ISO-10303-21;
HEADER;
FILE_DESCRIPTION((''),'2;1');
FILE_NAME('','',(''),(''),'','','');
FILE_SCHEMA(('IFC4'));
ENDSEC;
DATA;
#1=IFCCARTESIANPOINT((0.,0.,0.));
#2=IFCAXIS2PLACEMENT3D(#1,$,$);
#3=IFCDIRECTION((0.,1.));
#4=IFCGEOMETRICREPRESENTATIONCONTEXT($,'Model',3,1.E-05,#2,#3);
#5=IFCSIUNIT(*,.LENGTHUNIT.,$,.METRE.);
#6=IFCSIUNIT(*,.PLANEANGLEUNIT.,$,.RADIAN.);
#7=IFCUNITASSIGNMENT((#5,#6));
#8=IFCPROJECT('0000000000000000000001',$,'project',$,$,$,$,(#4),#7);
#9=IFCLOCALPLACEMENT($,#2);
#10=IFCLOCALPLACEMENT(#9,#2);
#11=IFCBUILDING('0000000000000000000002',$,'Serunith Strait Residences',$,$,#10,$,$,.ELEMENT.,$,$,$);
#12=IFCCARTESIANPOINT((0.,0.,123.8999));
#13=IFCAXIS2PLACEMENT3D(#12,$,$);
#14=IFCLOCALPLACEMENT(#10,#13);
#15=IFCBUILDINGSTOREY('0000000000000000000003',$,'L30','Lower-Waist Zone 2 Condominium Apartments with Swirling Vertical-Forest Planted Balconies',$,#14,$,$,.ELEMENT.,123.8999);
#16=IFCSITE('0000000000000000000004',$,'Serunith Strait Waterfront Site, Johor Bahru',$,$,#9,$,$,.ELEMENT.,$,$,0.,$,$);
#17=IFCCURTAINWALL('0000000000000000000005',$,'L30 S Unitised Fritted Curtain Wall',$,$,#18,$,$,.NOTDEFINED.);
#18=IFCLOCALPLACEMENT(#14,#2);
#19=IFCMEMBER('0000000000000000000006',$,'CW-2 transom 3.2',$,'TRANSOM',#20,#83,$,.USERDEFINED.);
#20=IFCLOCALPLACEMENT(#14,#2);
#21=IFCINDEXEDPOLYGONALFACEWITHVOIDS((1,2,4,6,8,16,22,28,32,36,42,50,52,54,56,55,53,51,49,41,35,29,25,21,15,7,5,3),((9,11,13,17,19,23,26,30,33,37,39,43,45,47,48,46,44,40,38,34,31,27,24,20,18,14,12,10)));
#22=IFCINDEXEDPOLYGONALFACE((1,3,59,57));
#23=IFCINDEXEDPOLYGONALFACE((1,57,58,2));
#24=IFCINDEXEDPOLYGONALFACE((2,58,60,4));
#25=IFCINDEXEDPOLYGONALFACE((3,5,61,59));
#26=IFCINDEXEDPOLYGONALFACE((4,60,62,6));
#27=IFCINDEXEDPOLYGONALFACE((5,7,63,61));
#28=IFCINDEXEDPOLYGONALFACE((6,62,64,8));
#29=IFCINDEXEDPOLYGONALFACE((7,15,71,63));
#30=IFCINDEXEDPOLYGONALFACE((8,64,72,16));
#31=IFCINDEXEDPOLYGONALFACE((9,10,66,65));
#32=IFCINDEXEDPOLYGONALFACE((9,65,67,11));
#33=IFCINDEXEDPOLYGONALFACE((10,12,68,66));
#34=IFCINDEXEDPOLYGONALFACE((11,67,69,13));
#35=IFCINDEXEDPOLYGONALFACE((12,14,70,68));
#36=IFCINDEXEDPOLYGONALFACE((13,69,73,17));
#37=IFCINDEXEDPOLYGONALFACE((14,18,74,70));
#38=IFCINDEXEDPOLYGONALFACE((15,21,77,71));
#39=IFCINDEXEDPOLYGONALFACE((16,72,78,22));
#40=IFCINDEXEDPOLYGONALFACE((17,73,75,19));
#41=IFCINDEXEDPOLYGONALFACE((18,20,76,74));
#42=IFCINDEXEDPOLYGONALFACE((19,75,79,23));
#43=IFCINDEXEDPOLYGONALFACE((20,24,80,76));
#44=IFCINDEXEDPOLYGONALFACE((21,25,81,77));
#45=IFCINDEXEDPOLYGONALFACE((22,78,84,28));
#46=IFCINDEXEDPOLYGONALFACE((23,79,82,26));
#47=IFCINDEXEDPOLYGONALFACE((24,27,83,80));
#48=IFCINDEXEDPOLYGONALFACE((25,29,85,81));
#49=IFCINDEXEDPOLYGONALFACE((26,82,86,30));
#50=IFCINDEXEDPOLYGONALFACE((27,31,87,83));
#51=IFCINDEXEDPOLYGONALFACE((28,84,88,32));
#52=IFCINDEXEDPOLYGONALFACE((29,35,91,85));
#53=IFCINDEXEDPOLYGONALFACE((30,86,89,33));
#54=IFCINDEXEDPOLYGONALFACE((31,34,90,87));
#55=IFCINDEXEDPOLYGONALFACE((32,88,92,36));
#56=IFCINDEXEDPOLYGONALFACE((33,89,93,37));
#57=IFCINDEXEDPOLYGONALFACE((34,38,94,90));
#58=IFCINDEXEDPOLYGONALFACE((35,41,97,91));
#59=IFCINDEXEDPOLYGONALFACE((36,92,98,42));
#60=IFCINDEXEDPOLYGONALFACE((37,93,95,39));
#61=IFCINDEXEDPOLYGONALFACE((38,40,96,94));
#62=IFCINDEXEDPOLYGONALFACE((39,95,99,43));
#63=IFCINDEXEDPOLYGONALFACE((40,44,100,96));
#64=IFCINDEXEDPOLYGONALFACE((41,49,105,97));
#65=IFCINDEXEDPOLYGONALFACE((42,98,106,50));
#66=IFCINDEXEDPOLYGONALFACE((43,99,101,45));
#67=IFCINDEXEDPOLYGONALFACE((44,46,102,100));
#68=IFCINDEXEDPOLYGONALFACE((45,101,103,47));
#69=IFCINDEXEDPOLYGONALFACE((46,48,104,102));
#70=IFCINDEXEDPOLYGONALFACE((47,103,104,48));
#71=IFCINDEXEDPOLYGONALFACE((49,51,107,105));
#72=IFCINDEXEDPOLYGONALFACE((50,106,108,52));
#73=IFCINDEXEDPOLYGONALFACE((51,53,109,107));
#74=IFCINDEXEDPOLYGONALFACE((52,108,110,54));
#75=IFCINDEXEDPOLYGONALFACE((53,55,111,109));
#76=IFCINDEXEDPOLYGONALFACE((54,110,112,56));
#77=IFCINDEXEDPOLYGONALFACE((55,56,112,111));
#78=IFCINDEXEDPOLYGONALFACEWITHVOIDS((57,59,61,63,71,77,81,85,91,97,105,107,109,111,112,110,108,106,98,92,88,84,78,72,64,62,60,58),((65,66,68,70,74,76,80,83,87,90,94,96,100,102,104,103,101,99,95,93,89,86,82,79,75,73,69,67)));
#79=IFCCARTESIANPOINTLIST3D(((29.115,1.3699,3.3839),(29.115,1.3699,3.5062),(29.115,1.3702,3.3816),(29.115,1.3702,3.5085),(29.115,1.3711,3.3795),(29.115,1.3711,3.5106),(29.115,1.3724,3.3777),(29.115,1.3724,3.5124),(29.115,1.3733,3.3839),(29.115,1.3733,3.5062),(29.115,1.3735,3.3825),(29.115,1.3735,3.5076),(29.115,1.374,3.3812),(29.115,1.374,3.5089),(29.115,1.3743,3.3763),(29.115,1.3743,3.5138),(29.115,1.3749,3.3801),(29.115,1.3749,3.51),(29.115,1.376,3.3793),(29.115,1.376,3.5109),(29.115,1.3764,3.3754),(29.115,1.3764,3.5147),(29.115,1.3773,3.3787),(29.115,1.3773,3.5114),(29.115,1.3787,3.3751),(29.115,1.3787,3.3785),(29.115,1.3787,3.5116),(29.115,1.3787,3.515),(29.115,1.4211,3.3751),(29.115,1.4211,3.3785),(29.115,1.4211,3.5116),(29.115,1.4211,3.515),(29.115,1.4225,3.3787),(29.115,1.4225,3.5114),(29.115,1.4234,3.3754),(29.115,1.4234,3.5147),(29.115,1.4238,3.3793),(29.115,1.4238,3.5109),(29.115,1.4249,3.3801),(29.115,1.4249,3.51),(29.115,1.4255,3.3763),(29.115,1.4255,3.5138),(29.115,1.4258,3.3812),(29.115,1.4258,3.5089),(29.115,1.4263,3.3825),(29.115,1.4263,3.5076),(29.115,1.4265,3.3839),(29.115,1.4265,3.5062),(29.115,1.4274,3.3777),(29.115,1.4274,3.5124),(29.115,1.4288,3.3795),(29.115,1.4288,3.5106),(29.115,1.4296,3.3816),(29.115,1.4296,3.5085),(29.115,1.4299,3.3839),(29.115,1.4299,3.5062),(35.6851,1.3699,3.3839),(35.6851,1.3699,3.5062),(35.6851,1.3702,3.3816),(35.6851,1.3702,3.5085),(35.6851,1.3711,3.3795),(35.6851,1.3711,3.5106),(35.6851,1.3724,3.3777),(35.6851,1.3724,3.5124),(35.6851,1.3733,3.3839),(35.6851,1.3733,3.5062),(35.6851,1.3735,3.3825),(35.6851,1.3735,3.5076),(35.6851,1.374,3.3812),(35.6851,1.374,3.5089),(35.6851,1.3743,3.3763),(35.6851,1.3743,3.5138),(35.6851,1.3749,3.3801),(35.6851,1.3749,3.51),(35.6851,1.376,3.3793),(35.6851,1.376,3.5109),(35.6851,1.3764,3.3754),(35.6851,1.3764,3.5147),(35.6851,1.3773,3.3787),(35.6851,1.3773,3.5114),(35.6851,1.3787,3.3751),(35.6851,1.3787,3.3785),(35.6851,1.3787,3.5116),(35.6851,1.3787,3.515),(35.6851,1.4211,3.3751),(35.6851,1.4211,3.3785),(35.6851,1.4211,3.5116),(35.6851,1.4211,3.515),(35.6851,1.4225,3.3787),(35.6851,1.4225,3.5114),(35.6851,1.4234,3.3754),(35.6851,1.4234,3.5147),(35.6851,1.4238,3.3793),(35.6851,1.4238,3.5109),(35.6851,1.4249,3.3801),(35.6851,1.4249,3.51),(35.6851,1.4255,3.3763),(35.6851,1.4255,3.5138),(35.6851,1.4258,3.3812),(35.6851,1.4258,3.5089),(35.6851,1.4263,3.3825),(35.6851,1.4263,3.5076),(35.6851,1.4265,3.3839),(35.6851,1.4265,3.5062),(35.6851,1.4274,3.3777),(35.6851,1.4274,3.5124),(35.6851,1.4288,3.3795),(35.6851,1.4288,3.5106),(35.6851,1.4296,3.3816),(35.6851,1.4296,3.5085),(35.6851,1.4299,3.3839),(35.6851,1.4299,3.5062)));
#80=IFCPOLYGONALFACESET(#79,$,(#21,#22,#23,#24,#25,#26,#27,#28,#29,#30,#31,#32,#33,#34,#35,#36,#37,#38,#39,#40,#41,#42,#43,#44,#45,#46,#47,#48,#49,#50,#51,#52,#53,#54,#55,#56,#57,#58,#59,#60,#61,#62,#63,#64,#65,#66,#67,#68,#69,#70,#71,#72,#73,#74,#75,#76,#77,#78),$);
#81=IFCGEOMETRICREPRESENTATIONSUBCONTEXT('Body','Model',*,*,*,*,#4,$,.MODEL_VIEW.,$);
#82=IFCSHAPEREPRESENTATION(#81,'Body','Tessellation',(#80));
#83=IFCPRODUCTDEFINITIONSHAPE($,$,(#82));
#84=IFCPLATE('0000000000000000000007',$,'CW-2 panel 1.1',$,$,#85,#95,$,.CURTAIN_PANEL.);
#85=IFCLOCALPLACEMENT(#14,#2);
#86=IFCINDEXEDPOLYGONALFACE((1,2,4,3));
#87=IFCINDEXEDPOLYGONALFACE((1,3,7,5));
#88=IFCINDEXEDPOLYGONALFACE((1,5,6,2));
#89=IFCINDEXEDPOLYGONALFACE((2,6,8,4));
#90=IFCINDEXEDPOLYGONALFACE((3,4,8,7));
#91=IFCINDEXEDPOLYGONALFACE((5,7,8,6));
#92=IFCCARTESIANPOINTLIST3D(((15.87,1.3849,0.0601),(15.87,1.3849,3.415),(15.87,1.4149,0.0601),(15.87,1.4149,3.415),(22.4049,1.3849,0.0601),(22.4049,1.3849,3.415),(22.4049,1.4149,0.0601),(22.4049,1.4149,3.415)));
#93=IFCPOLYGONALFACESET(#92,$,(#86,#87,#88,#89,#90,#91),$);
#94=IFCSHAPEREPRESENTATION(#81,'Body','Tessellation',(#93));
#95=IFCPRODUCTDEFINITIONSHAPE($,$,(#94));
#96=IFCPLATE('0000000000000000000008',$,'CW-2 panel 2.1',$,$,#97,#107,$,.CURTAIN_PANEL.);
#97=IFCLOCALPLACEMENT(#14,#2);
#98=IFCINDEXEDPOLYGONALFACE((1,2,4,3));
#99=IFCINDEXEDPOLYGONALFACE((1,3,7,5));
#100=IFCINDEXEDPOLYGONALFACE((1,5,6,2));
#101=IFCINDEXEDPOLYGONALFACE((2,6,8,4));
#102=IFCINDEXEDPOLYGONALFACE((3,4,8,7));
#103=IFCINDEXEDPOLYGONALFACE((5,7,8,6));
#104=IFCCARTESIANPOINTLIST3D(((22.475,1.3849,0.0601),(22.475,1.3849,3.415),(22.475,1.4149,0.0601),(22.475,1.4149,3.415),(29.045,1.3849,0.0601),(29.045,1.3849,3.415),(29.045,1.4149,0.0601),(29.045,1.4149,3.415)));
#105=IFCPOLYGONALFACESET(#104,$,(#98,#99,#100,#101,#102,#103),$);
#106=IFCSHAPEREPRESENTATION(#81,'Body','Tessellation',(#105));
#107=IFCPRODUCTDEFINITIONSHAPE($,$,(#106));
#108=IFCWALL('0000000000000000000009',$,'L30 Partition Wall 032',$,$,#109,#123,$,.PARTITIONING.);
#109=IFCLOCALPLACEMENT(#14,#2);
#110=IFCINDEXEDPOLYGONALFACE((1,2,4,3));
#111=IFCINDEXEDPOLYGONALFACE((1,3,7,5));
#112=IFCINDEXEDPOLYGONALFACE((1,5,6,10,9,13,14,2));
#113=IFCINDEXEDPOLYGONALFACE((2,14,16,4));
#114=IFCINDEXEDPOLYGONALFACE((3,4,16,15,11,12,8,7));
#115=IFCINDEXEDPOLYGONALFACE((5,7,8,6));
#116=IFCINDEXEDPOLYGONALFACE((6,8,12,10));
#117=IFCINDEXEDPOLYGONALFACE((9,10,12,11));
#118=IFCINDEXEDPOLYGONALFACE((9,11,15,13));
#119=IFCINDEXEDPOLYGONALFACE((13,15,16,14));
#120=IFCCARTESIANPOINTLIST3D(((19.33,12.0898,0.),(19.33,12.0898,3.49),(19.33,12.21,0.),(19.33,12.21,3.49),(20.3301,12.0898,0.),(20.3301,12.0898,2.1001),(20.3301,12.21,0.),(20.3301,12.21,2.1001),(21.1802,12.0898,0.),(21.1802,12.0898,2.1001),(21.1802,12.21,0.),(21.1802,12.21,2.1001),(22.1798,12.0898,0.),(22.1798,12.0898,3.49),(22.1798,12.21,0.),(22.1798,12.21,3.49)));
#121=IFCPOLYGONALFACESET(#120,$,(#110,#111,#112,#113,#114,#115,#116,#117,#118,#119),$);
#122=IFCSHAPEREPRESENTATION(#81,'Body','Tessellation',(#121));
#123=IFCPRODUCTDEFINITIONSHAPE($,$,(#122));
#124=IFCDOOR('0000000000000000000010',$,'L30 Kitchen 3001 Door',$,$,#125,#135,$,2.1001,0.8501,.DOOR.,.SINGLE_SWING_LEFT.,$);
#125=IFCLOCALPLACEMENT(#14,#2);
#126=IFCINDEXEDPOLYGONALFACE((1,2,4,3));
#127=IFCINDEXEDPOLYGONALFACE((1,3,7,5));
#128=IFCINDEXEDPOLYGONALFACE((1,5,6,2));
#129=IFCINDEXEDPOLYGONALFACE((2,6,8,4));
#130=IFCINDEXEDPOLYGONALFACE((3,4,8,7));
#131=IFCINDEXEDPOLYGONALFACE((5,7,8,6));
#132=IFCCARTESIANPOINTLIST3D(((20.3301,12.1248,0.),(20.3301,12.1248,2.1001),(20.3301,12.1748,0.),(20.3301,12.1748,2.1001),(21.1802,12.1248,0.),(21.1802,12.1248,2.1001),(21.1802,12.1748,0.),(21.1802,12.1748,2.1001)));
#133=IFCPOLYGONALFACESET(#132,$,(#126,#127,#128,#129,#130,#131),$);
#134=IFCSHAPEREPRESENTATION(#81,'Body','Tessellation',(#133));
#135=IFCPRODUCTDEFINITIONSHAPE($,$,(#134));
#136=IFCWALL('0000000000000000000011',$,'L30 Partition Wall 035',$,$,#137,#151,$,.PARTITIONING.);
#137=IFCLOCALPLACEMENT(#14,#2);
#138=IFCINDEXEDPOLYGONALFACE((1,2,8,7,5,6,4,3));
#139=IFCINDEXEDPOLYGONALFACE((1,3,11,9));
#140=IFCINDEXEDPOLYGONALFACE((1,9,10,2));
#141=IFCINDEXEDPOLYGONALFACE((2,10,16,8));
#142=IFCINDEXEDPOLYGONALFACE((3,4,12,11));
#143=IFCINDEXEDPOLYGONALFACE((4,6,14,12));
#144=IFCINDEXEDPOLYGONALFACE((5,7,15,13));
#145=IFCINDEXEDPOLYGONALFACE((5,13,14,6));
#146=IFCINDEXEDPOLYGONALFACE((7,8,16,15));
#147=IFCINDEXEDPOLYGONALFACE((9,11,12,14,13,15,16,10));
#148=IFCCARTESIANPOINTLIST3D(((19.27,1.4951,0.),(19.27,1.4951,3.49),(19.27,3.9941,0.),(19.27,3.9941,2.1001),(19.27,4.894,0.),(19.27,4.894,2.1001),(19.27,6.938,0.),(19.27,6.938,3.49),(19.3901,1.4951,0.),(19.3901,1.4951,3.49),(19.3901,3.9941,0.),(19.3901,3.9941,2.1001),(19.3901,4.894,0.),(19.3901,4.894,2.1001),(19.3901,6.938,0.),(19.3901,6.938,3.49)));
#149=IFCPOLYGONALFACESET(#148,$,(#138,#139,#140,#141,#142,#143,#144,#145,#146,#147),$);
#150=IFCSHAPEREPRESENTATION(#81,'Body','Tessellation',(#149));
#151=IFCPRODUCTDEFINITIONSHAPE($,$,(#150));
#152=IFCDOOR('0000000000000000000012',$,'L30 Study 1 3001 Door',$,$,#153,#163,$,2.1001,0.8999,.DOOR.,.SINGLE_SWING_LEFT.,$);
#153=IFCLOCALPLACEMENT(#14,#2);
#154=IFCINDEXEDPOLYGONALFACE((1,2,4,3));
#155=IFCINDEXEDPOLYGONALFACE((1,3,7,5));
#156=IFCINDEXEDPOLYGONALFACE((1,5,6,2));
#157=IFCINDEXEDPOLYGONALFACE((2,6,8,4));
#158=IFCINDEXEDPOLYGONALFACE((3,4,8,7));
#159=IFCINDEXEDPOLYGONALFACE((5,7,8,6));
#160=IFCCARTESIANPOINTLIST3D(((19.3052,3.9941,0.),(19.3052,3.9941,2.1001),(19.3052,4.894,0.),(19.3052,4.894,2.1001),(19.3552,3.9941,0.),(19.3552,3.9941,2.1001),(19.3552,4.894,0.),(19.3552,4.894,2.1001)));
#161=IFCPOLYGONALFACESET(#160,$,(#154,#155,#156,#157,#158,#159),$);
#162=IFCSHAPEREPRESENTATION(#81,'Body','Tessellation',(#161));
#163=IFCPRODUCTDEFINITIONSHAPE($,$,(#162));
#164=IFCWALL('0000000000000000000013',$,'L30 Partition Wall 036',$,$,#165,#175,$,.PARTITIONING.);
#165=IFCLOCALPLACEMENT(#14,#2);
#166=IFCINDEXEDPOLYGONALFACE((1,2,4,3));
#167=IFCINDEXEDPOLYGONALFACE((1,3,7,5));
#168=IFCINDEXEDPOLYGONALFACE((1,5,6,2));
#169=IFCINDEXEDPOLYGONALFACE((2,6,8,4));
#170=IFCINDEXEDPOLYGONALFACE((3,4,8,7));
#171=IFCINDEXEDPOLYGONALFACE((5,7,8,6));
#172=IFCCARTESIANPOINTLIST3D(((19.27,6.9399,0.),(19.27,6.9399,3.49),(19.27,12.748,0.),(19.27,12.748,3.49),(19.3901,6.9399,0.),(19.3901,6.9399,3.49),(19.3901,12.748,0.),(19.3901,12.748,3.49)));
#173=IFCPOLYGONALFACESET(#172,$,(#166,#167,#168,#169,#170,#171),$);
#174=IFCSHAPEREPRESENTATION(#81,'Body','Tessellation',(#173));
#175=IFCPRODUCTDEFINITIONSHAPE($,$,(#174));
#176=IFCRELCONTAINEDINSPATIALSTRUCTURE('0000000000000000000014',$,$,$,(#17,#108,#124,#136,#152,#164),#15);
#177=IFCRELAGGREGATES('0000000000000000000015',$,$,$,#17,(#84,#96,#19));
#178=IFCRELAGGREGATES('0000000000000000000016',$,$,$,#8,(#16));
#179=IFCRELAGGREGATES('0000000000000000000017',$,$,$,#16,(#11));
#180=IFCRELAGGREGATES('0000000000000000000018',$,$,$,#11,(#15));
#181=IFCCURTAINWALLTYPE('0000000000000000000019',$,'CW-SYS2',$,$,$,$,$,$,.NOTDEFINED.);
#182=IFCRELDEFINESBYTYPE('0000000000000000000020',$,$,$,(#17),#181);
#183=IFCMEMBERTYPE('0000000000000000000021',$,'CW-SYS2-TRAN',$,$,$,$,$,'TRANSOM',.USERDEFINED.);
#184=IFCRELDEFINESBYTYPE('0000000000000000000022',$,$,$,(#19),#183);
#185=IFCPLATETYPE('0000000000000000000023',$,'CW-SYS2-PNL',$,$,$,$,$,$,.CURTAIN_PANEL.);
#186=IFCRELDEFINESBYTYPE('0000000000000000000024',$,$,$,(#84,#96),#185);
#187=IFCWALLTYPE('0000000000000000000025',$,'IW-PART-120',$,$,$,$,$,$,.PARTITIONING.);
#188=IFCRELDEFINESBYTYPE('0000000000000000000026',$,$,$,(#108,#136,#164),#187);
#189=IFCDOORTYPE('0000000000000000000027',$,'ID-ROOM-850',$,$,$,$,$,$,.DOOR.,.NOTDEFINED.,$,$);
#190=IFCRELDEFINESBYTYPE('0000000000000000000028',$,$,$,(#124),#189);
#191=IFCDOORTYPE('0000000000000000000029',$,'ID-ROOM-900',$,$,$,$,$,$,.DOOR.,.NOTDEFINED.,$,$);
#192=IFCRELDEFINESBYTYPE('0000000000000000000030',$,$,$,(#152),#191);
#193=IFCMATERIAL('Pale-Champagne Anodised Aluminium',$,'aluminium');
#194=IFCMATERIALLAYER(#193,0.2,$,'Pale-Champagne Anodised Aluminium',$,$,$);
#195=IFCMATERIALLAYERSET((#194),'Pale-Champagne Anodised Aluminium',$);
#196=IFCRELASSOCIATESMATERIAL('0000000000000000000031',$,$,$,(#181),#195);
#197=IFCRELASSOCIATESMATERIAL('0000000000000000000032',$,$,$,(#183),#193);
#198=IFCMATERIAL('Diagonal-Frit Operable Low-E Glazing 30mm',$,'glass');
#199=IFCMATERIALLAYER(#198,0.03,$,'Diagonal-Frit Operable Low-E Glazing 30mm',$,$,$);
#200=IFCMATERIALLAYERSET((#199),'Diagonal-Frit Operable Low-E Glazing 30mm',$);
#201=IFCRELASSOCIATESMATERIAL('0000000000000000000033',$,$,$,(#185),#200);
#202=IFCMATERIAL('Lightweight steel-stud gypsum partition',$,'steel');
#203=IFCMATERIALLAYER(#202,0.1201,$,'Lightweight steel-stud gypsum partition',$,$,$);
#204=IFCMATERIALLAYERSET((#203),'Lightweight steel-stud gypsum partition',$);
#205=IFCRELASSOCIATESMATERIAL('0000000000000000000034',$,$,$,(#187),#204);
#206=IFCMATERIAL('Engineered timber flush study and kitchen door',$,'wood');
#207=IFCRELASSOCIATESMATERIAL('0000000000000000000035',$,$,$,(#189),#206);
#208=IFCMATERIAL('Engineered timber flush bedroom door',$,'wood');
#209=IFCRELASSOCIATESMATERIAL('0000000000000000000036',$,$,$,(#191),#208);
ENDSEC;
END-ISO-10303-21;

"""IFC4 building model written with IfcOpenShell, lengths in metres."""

from ifc_helpers import new_model, si_unit, direction, frame, frame_2d, origin, origin_2d, place, context, subcontext, project, spatial, rectangle, hollow_rectangle, extrude, source, transform, mapped, material, layer, layer_set, material_profile, profile_set, type_object, element, fill, aggregate, save


model = new_model("IFC4")

# Units and contexts
model_context = context("Model", 3, precision=1e-05, world=origin(), true_north=direction((0.0, 1.0)))
body_context = subcontext(model_context, "Body", "Model", "MODEL_VIEW")
ifc_project = project(units=[si_unit("LENGTHUNIT", "METRE"), si_unit("PLANEANGLEUNIT", "RADIAN")], contexts=[model_context])

# Site, building, storey
site_placement = place(None, origin())
site = spatial("IfcSite", under=ifc_project, at=site_placement, Name="Serunith Strait Waterfront Site, Johor Bahru", CompositionType="ELEMENT", RefElevation=0.0)
building_placement = place(site_placement, origin())
building = spatial("IfcBuilding", under=site, at=building_placement, Name="Serunith Strait Residences", CompositionType="ELEMENT")
storey_placement = place(building_placement, frame((0.0, 0.0, 123.8999)))
storey = spatial("IfcBuildingStorey", under=building, at=storey_placement, Name="L30", Description="Lower-Waist Zone 2 Condominium Apartments with Swirling Vertical-Forest Planted Balconies", CompositionType="ELEMENT", Elevation=123.8999)

# Curtain wall, member, plates
ifc_material_1 = material(Name="Pale-Champagne Anodised Aluminium", Category="aluminium")
ifc_layer_1 = layer(ifc_material_1, 0.2, Name="Pale-Champagne Anodised Aluminium")
ifc_layer_set_1 = layer_set([ifc_layer_1], Name="Pale-Champagne Anodised Aluminium")
curtain_wall_type = type_object("IfcCurtainWallType", Name="CW-SYS2", PredefinedType="NOTDEFINED", material=ifc_layer_set_1)
curtain_wall_placement = place(storey_placement, origin())
curtain_wall = element("IfcCurtainWall", 1, at=curtain_wall_placement, inside=storey, type_object=curtain_wall_type, Name="L30 S Unitised Fritted Curtain Wall", PredefinedType="NOTDEFINED")
ifc_material_profile_1 = material_profile(ifc_material_1, hollow_rectangle(XDim=0.0601, YDim=0.1399, WallThickness=0.0034, InnerFilletRadius=0.0054, OuterFilletRadius=0.0088, at=origin_2d()), Name="ALU 140x60x3.5")
ifc_profile_set_1 = profile_set([ifc_material_profile_1], Name="Pale-Champagne Anodised Aluminium")
member_type_1 = type_object("IfcMemberType", Name="CW-SYS2-TRAN", ElementType="TRANSOM", PredefinedType="USERDEFINED", material=ifc_profile_set_1)
shared_shape_1 = source(origin(), body_context, "Body", "SweptSolid", [
    extrude(hollow_rectangle(XDim=0.0601, YDim=0.1399, WallThickness=0.0034, InnerFilletRadius=0.0054, OuterFilletRadius=0.0088, at=origin_2d()), origin(), (0.0, 0.0, 1.0), 6.5701),
])
member_1_placement = place(storey_placement, frame((29.115, 1.3999, 3.4451), z_axis=(1.0, 0.0, 0.0), x_axis=(0.0, 1.0, 0.0)))
member_1 = element("IfcMember", 2, at=member_1_placement, type_object=member_type_1, Name="CW-2 transom 3.2", ObjectType="TRANSOM", PredefinedType="USERDEFINED", context=body_context, shape_type="MappedRepresentation", body=[
    mapped(shared_shape_1, transform((0.0, 0.0, 0.0), scale=1.0)),
])
ifc_material_2 = material(Name="Diagonal-Frit Operable Low-E Glazing 30mm", Category="glass")
ifc_layer_2 = layer(ifc_material_2, 0.03, Name="Diagonal-Frit Operable Low-E Glazing 30mm")
ifc_layer_set_2 = layer_set([ifc_layer_2], Name="Diagonal-Frit Operable Low-E Glazing 30mm")
plate_type = type_object("IfcPlateType", Name="CW-SYS2-PNL", PredefinedType="CURTAIN_PANEL", material=ifc_layer_set_2)
shared_shape_2 = source(origin(), body_context, "Body", "SweptSolid", [
    extrude(rectangle(XDim=6.5349, YDim=0.03, at=origin_2d()), origin(), (0.0, 0.0, 1.0), 3.355),
])
plate_1_placement = place(storey_placement, frame((19.1375, 1.3999, 0.0601), z_axis=(0.0, 0.0, 1.0), x_axis=(1.0, 0.0, 0.0)))
plate_1 = element("IfcPlate", 3, at=plate_1_placement, type_object=plate_type, Name="CW-2 panel 1.1", PredefinedType="CURTAIN_PANEL", context=body_context, shape_type="MappedRepresentation", body=[
    mapped(shared_shape_2, transform((0.0, 0.0, 0.0), scale=1.0)),
])
shared_shape_3 = source(origin(), body_context, "Body", "SweptSolid", [
    extrude(rectangle(XDim=6.5701, YDim=0.03, at=origin_2d()), origin(), (0.0, 0.0, 1.0), 3.355),
])
plate_2_placement = place(storey_placement, frame((25.76, 1.3999, 0.0601), z_axis=(0.0, 0.0, 1.0), x_axis=(1.0, 0.0, 0.0)))
plate_2 = element("IfcPlate", 4, at=plate_2_placement, type_object=plate_type, Name="CW-2 panel 2.1", PredefinedType="CURTAIN_PANEL", context=body_context, shape_type="MappedRepresentation", body=[
    mapped(shared_shape_3, transform((0.0, 0.0, 0.0), scale=1.0)),
])
aggregate(curtain_wall, [plate_1, plate_2, member_1])

# Walls, openings, doors
ifc_material_3 = material(Name="Lightweight steel-stud gypsum partition", Category="steel")
ifc_layer_3 = layer(ifc_material_3, 0.1201, Name="Lightweight steel-stud gypsum partition")
ifc_layer_set_3 = layer_set([ifc_layer_3], Name="Lightweight steel-stud gypsum partition")
wall_type_1 = type_object("IfcWallType", Name="IW-PART-120", PredefinedType="PARTITIONING", material=ifc_layer_set_3)
wall_1_placement = place(storey_placement, frame((19.3301, 12.1499, 0.0), z_axis=(0.0, 0.0, 1.0), x_axis=(1.0, 0.0, 0.0)))
wall_1 = element("IfcWall", 5, at=wall_1_placement, inside=storey, type_object=wall_type_1, Name="L30 Partition Wall 032", PredefinedType="PARTITIONING", context=body_context, shape_type="SweptSolid", body=[
    extrude(rectangle(XDim=2.8499, YDim=0.1201, at=frame_2d((1.4248, 0.0))), origin(), (0.0, 0.0, 1.0), 3.49),
])
opening_1_placement = place(wall_1_placement, frame((1.0, 0.0, 0.0)))
opening_1 = element("IfcOpeningElement", 6, at=opening_1_placement, cuts=wall_1, PredefinedType="OPENING", context=body_context, shape_type="SweptSolid", body=[
    extrude(rectangle(XDim=0.8501, YDim=2.1001, at=frame_2d((0.425, 1.05))), frame((0.0, 0.0701, 0.0), z_axis=(0.0, -1.0, 0.0), x_axis=(1.0, 0.0, 0.0)), (0.0, 0.0, 1.0), 0.1401),
])
ifc_material_4 = material(Name="Engineered timber flush study and kitchen door", Category="wood")
door_type_1 = type_object("IfcDoorType", Name="ID-ROOM-850", OperationType="NOTDEFINED", PredefinedType="DOOR", material=ifc_material_4)
shared_shape_4 = source(origin(), body_context, "Body", "SweptSolid", [
    extrude(rectangle(XDim=0.8501, YDim=2.1001, at=frame_2d((0.425, 1.05))), frame((0.0, 0.0249, 0.0), z_axis=(0.0, -1.0, 0.0), x_axis=(1.0, 0.0, 0.0)), (0.0, 0.0, 1.0), 0.05),
])
door_1_placement = place(opening_1_placement, origin())
door_1 = element("IfcDoor", 7, at=door_1_placement, inside=storey, type_object=door_type_1, Name="L30 Kitchen 3001 Door", OperationType="SINGLE_SWING_LEFT", OverallHeight=2.1001, OverallWidth=0.8501, PredefinedType="DOOR", context=body_context, shape_type="MappedRepresentation", body=[
    mapped(shared_shape_4, transform((0.0, 0.0, 0.0), scale=1.0)),
])
fill(opening_1, door_1)
wall_2_placement = place(storey_placement, frame((19.3301, 1.4951, 0.0), z_axis=(0.0, 0.0, 1.0), x_axis=(0.0, 1.0, 0.0)))
wall_2 = element("IfcWall", 8, at=wall_2_placement, inside=storey, type_object=wall_type_1, Name="L30 Partition Wall 035", PredefinedType="PARTITIONING", context=body_context, shape_type="SweptSolid", body=[
    extrude(rectangle(XDim=5.4429, YDim=0.1201, at=frame_2d((2.7214, 0.0))), origin(), (0.0, 0.0, 1.0), 3.49),
])
opening_2_placement = place(wall_2_placement, frame((2.499, 0.0, 0.0)))
opening_2 = element("IfcOpeningElement", 9, at=opening_2_placement, cuts=wall_2, PredefinedType="OPENING", context=body_context, shape_type="SweptSolid", body=[
    extrude(rectangle(XDim=0.8999, YDim=2.1001, at=frame_2d((0.45, 1.05))), frame((0.0, 0.0701, 0.0), z_axis=(0.0, -1.0, 0.0), x_axis=(1.0, 0.0, 0.0)), (0.0, 0.0, 1.0), 0.1401),
])
ifc_material_5 = material(Name="Engineered timber flush bedroom door", Category="wood")
door_type_2 = type_object("IfcDoorType", Name="ID-ROOM-900", OperationType="NOTDEFINED", PredefinedType="DOOR", material=ifc_material_5)
shared_shape_5 = source(origin(), body_context, "Body", "SweptSolid", [
    extrude(rectangle(XDim=0.8999, YDim=2.1001, at=frame_2d((0.45, 1.05))), frame((0.0, 0.0249, 0.0), z_axis=(0.0, -1.0, 0.0), x_axis=(1.0, 0.0, 0.0)), (0.0, 0.0, 1.0), 0.05),
])
door_2_placement = place(opening_2_placement, origin())
door_2 = element("IfcDoor", 10, at=door_2_placement, inside=storey, type_object=door_type_2, Name="L30 Study 1 3001 Door", OperationType="SINGLE_SWING_LEFT", OverallHeight=2.1001, OverallWidth=0.8999, PredefinedType="DOOR", context=body_context, shape_type="MappedRepresentation", body=[
    mapped(shared_shape_5, transform((0.0, 0.0, 0.0), scale=1.0)),
])
fill(opening_2, door_2)

# Wall
wall_3_placement = place(storey_placement, frame((19.3301, 6.9399, 0.0), z_axis=(0.0, 0.0, 1.0), x_axis=(0.0, 1.0, 0.0)))
element("IfcWall", 11, at=wall_3_placement, inside=storey, type_object=wall_type_1, Name="L30 Partition Wall 036", PredefinedType="PARTITIONING", context=body_context, shape_type="SweptSolid", body=[
    extrude(rectangle(XDim=5.8081, YDim=0.1201, at=frame_2d((2.9041, 0.0))), origin(), (0.0, 0.0, 1.0), 3.49),
])

save(model, "model.ifc")
